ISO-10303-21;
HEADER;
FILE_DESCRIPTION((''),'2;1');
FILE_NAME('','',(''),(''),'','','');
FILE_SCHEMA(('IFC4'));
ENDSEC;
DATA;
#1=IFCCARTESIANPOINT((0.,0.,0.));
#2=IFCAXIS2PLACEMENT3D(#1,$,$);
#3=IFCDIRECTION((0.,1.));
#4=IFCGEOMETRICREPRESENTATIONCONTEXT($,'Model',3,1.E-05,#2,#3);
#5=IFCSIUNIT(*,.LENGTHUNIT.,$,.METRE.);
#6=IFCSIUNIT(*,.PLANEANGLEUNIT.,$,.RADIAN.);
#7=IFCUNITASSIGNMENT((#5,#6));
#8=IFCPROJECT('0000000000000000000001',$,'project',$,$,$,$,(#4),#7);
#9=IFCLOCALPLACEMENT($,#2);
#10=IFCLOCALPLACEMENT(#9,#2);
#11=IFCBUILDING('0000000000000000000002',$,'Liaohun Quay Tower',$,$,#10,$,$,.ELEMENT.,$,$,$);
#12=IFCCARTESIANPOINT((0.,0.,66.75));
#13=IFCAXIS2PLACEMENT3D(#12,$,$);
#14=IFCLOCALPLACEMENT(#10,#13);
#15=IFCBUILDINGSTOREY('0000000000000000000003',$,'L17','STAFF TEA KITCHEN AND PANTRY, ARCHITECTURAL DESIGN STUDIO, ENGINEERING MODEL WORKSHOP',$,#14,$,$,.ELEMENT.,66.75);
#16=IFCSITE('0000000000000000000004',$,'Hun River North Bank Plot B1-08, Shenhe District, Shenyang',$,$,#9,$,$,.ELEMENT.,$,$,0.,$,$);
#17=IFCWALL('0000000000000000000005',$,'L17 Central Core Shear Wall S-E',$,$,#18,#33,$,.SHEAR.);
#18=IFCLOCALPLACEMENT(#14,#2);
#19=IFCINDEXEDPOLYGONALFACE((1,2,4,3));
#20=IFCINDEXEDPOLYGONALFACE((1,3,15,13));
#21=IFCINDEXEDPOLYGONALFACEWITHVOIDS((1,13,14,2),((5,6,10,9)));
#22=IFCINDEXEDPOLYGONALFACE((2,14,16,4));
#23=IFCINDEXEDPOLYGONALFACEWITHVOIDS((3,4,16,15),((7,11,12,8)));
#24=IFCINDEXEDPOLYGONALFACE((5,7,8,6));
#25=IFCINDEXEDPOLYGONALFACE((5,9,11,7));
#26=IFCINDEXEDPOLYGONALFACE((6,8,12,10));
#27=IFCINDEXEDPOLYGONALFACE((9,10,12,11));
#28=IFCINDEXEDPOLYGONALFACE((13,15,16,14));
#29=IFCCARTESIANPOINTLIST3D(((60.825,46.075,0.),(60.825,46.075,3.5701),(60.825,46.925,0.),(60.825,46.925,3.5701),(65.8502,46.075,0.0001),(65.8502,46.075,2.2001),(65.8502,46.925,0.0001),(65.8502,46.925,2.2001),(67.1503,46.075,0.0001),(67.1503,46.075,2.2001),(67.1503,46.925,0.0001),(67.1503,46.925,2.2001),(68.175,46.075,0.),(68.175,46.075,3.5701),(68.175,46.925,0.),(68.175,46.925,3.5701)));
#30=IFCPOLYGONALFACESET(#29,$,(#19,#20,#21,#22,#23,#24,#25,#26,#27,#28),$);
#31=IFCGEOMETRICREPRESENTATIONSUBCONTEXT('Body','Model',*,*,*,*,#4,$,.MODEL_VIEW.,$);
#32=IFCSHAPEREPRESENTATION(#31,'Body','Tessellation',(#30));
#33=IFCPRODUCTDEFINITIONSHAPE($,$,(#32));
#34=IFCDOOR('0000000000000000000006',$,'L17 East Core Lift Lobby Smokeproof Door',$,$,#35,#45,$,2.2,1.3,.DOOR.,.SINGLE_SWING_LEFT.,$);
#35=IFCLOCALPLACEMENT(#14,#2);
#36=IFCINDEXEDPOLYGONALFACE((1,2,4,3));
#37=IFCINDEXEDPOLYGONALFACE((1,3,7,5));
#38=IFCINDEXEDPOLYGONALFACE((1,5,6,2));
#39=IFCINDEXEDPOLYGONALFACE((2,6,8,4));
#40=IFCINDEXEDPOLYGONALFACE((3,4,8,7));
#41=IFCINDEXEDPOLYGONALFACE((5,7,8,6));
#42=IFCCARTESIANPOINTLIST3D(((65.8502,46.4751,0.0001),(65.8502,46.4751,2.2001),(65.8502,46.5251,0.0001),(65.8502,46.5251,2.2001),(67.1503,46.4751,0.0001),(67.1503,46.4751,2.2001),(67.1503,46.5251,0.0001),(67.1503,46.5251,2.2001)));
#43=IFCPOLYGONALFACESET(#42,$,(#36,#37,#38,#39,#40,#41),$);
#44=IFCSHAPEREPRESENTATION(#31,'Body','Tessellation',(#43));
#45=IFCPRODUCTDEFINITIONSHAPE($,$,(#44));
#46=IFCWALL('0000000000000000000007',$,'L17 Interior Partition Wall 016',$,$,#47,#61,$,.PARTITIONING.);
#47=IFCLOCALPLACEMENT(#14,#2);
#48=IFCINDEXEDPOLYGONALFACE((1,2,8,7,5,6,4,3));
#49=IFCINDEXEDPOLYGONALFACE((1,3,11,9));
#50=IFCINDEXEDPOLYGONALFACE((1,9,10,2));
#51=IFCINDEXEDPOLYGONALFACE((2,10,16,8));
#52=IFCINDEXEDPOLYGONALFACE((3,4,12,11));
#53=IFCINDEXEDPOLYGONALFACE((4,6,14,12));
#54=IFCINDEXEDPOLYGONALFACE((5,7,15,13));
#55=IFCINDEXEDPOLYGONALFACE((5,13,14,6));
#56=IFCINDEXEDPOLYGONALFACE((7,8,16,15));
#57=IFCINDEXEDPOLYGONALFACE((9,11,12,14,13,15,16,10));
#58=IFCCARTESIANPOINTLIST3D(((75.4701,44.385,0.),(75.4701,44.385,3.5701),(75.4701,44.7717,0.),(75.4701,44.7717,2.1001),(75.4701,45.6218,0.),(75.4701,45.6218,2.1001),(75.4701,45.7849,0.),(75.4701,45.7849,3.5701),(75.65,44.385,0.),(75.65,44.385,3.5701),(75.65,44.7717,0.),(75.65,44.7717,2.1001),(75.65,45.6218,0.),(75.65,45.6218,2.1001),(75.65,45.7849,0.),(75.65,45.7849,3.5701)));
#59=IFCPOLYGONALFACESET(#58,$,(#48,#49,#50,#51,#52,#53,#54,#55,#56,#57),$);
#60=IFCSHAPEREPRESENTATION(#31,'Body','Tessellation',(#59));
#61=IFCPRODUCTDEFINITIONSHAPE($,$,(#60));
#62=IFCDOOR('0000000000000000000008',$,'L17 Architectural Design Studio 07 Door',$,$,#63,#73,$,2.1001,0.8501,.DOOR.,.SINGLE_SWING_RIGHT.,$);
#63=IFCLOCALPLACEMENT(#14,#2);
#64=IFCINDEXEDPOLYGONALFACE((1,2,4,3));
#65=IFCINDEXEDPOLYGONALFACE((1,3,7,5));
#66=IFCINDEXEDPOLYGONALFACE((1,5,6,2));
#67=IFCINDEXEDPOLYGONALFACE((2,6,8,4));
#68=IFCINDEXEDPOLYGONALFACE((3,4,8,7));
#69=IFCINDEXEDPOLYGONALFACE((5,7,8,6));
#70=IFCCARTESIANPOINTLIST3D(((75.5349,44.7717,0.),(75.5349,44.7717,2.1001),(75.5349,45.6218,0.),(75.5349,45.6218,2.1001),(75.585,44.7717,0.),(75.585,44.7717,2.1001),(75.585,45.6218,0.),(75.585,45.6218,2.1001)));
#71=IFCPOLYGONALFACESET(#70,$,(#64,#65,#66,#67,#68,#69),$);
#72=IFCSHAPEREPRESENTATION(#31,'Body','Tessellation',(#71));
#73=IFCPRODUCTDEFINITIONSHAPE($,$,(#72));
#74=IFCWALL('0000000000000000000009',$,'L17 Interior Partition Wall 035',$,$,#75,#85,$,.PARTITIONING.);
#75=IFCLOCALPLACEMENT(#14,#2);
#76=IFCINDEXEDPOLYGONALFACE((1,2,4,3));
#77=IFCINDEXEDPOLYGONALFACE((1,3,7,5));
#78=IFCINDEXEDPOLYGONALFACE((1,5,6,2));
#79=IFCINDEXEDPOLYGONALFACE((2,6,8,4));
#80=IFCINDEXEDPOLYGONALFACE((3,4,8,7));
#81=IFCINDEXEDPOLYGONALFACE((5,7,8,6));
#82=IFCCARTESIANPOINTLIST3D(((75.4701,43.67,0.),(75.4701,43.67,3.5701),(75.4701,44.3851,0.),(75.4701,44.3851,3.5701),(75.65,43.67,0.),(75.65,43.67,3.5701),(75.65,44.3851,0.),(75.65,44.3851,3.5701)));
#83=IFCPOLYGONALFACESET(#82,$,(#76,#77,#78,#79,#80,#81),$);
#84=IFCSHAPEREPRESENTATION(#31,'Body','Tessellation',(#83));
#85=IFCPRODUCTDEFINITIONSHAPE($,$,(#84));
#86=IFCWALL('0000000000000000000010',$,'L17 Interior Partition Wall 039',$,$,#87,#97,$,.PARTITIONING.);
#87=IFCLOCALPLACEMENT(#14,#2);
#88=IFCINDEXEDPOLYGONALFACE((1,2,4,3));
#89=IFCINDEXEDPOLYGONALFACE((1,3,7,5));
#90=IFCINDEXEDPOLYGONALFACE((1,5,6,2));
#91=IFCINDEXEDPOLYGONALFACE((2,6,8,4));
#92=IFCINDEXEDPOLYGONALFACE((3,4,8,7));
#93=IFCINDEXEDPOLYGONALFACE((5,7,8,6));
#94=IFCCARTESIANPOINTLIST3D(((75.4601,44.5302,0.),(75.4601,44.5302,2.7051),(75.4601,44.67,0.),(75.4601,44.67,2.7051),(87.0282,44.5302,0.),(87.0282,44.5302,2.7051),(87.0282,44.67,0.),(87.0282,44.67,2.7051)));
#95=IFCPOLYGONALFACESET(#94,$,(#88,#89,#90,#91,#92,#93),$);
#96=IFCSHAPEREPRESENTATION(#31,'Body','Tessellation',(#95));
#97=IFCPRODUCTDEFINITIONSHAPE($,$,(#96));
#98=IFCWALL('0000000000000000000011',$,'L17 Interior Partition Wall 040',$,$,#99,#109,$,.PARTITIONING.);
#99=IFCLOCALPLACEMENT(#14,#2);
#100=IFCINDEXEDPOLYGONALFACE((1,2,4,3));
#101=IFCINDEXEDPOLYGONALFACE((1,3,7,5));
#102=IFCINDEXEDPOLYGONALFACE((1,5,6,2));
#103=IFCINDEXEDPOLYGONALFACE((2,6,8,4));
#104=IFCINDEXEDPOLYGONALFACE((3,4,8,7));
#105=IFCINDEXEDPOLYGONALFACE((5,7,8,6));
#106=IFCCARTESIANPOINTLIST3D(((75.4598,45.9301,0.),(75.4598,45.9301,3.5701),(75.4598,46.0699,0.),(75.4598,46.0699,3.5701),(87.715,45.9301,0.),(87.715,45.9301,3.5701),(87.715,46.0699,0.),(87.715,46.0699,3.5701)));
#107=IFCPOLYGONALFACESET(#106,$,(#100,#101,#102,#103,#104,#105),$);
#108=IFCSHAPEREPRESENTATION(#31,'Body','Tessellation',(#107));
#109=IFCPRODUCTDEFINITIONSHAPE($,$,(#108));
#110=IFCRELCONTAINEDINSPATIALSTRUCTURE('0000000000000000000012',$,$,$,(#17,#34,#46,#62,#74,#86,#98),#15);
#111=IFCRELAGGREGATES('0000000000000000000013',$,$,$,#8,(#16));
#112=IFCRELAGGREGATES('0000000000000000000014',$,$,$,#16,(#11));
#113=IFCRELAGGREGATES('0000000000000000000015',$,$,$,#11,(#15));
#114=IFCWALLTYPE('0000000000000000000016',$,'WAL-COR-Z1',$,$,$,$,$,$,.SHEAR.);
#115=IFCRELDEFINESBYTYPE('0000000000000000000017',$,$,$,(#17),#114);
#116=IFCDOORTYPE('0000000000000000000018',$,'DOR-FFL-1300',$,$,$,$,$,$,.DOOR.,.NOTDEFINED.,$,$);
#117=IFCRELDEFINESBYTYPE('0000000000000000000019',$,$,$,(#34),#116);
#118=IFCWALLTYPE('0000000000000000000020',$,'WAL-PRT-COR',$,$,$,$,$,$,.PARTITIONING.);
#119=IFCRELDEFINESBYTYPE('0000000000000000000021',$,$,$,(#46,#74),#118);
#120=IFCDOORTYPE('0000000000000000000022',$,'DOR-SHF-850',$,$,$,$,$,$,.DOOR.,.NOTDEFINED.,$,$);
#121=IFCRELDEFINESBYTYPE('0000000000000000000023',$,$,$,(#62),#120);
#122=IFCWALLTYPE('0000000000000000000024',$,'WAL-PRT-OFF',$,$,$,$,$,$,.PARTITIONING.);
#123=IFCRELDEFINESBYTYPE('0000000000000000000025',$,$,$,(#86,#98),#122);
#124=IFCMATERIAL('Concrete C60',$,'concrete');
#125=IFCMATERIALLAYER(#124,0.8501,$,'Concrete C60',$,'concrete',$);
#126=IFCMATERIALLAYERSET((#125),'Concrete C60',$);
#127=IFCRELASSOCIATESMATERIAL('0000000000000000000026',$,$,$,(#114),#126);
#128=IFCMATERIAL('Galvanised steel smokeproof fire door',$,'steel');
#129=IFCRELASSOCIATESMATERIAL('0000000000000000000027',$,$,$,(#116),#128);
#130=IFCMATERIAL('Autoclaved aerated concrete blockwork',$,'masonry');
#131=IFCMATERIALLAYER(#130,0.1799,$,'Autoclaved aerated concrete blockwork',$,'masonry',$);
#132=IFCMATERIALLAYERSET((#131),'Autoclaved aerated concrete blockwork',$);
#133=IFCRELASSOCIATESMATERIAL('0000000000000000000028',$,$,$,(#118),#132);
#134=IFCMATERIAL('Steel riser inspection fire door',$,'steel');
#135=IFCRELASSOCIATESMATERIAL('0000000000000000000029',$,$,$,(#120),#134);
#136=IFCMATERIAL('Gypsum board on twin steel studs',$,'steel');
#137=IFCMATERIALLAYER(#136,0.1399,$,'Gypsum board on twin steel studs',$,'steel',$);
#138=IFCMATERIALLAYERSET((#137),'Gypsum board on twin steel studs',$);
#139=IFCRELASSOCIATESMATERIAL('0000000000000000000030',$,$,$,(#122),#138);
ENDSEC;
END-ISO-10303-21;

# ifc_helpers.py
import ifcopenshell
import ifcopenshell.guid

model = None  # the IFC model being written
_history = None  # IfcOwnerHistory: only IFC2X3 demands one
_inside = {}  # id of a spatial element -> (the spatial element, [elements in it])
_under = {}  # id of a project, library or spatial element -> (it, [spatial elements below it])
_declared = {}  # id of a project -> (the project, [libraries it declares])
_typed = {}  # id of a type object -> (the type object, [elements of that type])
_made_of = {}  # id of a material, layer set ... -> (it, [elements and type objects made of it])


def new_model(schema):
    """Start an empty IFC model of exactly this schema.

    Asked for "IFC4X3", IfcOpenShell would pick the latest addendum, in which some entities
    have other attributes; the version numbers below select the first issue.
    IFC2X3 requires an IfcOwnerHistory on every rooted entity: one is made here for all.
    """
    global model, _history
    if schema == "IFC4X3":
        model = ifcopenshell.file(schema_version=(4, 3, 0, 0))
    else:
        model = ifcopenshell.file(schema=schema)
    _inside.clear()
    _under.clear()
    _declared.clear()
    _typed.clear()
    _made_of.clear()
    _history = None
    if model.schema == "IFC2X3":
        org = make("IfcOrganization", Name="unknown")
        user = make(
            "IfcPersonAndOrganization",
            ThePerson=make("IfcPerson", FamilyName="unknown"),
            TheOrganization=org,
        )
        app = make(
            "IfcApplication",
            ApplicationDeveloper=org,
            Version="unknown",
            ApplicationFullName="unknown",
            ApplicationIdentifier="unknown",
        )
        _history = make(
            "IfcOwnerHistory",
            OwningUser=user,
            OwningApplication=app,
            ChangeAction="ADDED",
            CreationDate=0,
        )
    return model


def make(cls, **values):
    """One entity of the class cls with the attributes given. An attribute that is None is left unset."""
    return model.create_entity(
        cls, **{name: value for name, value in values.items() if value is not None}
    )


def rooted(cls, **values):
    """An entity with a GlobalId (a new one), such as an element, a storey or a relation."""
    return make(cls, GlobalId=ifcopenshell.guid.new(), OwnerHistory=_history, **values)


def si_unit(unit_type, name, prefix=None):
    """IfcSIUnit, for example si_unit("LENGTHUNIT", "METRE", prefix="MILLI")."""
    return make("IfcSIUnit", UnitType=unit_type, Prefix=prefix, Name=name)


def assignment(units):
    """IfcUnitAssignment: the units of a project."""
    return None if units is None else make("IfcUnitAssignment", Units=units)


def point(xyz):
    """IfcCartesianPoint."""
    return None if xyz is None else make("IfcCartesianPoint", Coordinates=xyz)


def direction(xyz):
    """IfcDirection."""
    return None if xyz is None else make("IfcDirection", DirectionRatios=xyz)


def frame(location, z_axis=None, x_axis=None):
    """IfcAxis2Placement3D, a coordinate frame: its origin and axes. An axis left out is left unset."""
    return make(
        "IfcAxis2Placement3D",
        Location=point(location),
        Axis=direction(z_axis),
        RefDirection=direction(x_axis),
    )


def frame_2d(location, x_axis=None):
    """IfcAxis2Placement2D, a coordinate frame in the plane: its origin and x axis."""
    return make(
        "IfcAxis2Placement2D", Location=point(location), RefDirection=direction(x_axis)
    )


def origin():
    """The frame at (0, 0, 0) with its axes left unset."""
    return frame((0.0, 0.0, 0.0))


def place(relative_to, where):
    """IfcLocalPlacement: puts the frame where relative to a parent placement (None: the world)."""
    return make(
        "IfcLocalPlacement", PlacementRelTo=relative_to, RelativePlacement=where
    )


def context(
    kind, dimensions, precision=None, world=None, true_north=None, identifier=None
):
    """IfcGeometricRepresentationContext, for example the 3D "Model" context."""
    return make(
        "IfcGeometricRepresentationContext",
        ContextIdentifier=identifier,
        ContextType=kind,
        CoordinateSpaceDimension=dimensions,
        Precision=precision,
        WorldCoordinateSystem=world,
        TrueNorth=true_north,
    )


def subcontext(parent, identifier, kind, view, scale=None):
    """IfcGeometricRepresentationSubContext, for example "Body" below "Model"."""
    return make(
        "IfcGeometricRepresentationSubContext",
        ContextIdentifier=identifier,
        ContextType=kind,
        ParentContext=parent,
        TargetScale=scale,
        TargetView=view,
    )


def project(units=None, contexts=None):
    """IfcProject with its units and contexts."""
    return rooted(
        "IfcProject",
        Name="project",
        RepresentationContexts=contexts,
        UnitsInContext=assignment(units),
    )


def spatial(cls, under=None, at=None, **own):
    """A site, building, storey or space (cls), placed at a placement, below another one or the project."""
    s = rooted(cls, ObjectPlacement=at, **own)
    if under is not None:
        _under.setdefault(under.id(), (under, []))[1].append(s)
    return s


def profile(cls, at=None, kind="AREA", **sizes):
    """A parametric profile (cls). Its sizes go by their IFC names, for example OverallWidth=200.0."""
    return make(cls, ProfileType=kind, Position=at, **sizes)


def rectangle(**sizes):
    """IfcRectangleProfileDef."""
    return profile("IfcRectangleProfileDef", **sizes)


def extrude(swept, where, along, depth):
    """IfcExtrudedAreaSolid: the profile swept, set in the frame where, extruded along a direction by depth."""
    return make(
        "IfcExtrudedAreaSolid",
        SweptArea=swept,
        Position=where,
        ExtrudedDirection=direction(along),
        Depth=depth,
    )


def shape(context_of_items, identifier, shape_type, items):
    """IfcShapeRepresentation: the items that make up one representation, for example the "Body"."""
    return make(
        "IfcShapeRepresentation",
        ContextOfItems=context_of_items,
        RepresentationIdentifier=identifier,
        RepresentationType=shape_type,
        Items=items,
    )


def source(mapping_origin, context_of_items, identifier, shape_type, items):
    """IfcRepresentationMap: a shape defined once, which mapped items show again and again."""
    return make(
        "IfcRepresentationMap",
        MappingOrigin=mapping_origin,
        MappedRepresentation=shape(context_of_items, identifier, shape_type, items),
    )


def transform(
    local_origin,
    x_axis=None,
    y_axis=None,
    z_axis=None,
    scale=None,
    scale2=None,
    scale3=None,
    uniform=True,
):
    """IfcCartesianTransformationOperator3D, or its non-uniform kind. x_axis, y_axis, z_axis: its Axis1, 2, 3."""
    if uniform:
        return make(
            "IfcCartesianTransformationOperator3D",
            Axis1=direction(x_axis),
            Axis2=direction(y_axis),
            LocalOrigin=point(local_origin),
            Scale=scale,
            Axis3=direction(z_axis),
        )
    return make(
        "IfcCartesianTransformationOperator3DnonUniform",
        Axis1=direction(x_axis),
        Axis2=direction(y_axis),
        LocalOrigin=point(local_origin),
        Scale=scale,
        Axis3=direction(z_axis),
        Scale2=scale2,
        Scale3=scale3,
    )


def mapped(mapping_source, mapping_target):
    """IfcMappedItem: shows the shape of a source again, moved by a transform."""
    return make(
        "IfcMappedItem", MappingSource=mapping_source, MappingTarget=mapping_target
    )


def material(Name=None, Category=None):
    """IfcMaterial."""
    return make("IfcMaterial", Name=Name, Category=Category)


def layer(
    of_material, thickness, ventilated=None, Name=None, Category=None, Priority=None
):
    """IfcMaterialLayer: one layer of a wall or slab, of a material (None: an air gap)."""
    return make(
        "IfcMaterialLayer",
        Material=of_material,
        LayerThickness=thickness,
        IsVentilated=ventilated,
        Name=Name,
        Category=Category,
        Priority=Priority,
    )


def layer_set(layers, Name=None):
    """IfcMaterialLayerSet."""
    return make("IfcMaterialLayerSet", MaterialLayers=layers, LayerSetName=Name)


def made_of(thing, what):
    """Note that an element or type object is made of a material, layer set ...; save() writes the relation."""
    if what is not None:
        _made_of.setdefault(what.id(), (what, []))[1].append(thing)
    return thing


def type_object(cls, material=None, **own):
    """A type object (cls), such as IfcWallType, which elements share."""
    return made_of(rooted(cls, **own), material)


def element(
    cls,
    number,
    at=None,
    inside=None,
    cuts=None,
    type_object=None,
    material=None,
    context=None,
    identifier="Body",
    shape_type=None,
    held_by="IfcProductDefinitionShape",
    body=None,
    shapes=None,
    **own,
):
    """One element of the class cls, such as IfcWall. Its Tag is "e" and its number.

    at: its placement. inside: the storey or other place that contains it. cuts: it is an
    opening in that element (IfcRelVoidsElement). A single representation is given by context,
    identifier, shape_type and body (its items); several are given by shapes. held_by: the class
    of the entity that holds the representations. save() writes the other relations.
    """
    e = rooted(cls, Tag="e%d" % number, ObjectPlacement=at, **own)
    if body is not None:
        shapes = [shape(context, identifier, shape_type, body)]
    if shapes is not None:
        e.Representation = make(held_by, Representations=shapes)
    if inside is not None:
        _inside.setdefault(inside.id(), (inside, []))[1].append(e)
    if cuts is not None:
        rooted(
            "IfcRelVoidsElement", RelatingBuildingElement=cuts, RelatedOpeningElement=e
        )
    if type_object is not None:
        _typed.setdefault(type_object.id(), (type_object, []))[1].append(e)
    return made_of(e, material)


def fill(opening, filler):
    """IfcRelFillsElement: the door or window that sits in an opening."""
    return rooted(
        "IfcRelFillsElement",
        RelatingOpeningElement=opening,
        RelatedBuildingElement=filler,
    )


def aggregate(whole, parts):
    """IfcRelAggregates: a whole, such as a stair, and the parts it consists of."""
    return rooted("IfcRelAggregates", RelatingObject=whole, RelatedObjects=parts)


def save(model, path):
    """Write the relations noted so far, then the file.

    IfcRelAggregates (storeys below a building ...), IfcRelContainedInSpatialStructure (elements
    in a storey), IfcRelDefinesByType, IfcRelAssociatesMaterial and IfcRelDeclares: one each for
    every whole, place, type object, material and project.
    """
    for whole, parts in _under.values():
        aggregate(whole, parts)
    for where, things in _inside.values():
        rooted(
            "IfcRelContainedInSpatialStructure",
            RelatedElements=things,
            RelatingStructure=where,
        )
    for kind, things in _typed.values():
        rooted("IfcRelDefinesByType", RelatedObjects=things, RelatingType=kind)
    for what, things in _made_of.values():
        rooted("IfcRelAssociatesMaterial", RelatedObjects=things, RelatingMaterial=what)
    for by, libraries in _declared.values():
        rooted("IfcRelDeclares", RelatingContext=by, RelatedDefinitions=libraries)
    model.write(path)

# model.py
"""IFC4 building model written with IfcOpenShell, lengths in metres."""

from ifc_helpers import new_model, si_unit, direction, frame, frame_2d, origin, place, context, subcontext, project, spatial, rectangle, extrude, source, transform, mapped, material, layer, layer_set, type_object, element, fill, save


model = new_model("IFC4")

# Units and contexts
model_context = context("Model", 3, precision=1e-05, world=origin(), true_north=direction((0.0, 1.0)))
body_context = subcontext(model_context, "Body", "Model", "MODEL_VIEW")
ifc_project = project(units=[si_unit("LENGTHUNIT", "METRE"), si_unit("PLANEANGLEUNIT", "RADIAN")], contexts=[model_context])

# Site, building, storey
site_placement = place(None, origin())
site = spatial("IfcSite", under=ifc_project, at=site_placement, Name="Hun River North Bank Plot B1-08, Shenhe District, Shenyang", CompositionType="ELEMENT", RefElevation=0.0)
building_placement = place(site_placement, origin())
building = spatial("IfcBuilding", under=site, at=building_placement, Name="Liaohun Quay Tower", CompositionType="ELEMENT")
storey_placement = place(building_placement, frame((0.0, 0.0, 66.75)))
storey = spatial("IfcBuildingStorey", under=building, at=storey_placement, Name="L17", Description="STAFF TEA KITCHEN AND PANTRY, ARCHITECTURAL DESIGN STUDIO, ENGINEERING MODEL WORKSHOP", CompositionType="ELEMENT", Elevation=66.75)

# Shared definitions
ifc_material_1 = material(Name="Concrete C60", Category="concrete")

# Walls, openings, doors
ifc_layer_1 = layer(ifc_material_1, 0.8501, Name="Concrete C60", Category="concrete")
ifc_layer_set_1 = layer_set([ifc_layer_1], Name="Concrete C60")
wall_type_1 = type_object("IfcWallType", Name="WAL-COR-Z1", PredefinedType="SHEAR", material=ifc_layer_set_1)
wall_1_placement = place(storey_placement, frame((68.175, 46.5, 0.0), z_axis=(0.0, 0.0, 1.0), x_axis=(-1.0, 0.0, 0.0)))
wall_1 = element("IfcWall", 1, at=wall_1_placement, inside=storey, type_object=wall_type_1, Name="L17 Central Core Shear Wall S-E", PredefinedType="SHEAR", context=body_context, shape_type="SweptSolid", body=[
    extrude(rectangle(XDim=7.3501, YDim=0.8501, at=frame_2d((3.675, 0.0))), origin(), (0.0, 0.0, 1.0), 3.5701),
])
shared_shape_1 = source(origin(), body_context, "Body", "SweptSolid", [
    extrude(rectangle(XDim=1.3, YDim=2.2, at=frame_2d((0.6499, 1.1001))), frame((0.0, 0.4351, 0.0), z_axis=(0.0, -1.0, 0.0), x_axis=(1.0, 0.0, 0.0)), (0.0, 0.0, 1.0), 0.8701),
])
opening_1_placement = place(wall_1_placement, frame((1.0249, 0.0, 0.0)))
opening_1 = element("IfcOpeningElement", 2, at=opening_1_placement, cuts=wall_1, PredefinedType="OPENING", context=body_context, shape_type="MappedRepresentation", body=[
    mapped(shared_shape_1, transform((0.0, 0.0, 0.0), x_axis=(1.0, 0.0, 0.0), y_axis=(0.0, 1.0, 0.0), z_axis=(0.0, 0.0, 1.0), scale=1.0)),
])
ifc_material_2 = material(Name="Galvanised steel smokeproof fire door", Category="steel")
door_type_1 = type_object("IfcDoorType", Name="DOR-FFL-1300", OperationType="NOTDEFINED", PredefinedType="DOOR", material=ifc_material_2)
shared_shape_2 = source(origin(), body_context, "Body", "SweptSolid", [
    extrude(rectangle(XDim=1.3, YDim=2.2, at=frame_2d((0.6499, 1.1001))), frame((0.0, 0.0249, 0.0), z_axis=(0.0, -1.0, 0.0), x_axis=(1.0, 0.0, 0.0)), (0.0, 0.0, 1.0), 0.05),
])
door_1_placement = place(opening_1_placement, origin())
door_1 = element("IfcDoor", 3, at=door_1_placement, inside=storey, type_object=door_type_1, Name="L17 East Core Lift Lobby Smokeproof Door", OperationType="SINGLE_SWING_LEFT", OverallHeight=2.2, OverallWidth=1.3, PredefinedType="DOOR", context=body_context, shape_type="MappedRepresentation", body=[
    mapped(shared_shape_2, transform((0.0, 0.0, 0.0), x_axis=(1.0, 0.0, 0.0), y_axis=(0.0, 1.0, 0.0), z_axis=(0.0, 0.0, 1.0), scale=1.0)),
])
fill(opening_1, door_1)
ifc_material_3 = material(Name="Autoclaved aerated concrete blockwork", Category="masonry")
ifc_layer_2 = layer(ifc_material_3, 0.1799, Name="Autoclaved aerated concrete blockwork", Category="masonry")
ifc_layer_set_2 = layer_set([ifc_layer_2], Name="Autoclaved aerated concrete blockwork")
wall_type_2 = type_object("IfcWallType", Name="WAL-PRT-COR", PredefinedType="PARTITIONING", material=ifc_layer_set_2)
wall_2_placement = place(storey_placement, frame((75.5601, 45.7849, 0.0), z_axis=(0.0, 0.0, 1.0), x_axis=(0.0, -1.0, 0.0)))
wall_2 = element("IfcWall", 4, at=wall_2_placement, inside=storey, type_object=wall_type_2, Name="L17 Interior Partition Wall 016", PredefinedType="PARTITIONING", context=body_context, shape_type="SweptSolid", body=[
    extrude(rectangle(XDim=1.3999, YDim=0.1799, at=frame_2d((0.7, 0.0))), origin(), (0.0, 0.0, 1.0), 3.5701),
])
shared_shape_3 = source(origin(), body_context, "Body", "SweptSolid", [
    extrude(rectangle(XDim=0.8501, YDim=2.1001, at=frame_2d((0.425, 1.05))), frame((0.0, 0.0999, 0.0), z_axis=(0.0, -1.0, 0.0), x_axis=(1.0, 0.0, 0.0)), (0.0, 0.0, 1.0), 0.2),
])
opening_2_placement = place(wall_2_placement, frame((0.1631, 0.0, 0.0)))
opening_2 = element("IfcOpeningElement", 5, at=opening_2_placement, cuts=wall_2, PredefinedType="OPENING", context=body_context, shape_type="MappedRepresentation", body=[
    mapped(shared_shape_3, transform((0.0, 0.0, 0.0), x_axis=(1.0, 0.0, 0.0), y_axis=(0.0, 1.0, 0.0), z_axis=(0.0, 0.0, 1.0), scale=1.0)),
])
ifc_material_4 = material(Name="Steel riser inspection fire door", Category="steel")
door_type_2 = type_object("IfcDoorType", Name="DOR-SHF-850", OperationType="NOTDEFINED", PredefinedType="DOOR", material=ifc_material_4)
shared_shape_4 = source(origin(), body_context, "Body", "SweptSolid", [
    extrude(rectangle(XDim=0.8501, YDim=2.1001, at=frame_2d((0.425, 1.05))), frame((0.0, 0.0249, 0.0), z_axis=(0.0, -1.0, 0.0), x_axis=(1.0, 0.0, 0.0)), (0.0, 0.0, 1.0), 0.05),
])
door_2_placement = place(opening_2_placement, origin())
door_2 = element("IfcDoor", 6, at=door_2_placement, inside=storey, type_object=door_type_2, Name="L17 Architectural Design Studio 07 Door", OperationType="SINGLE_SWING_RIGHT", OverallHeight=2.1001, OverallWidth=0.8501, PredefinedType="DOOR", context=body_context, shape_type="MappedRepresentation", body=[
    mapped(shared_shape_4, transform((0.0, 0.0, 0.0), x_axis=(1.0, 0.0, 0.0), y_axis=(0.0, 1.0, 0.0), z_axis=(0.0, 0.0, 1.0), scale=1.0)),
])
fill(opening_2, door_2)

# Walls
wall_3_placement = place(storey_placement, frame((75.5601, 44.385, 0.0), z_axis=(0.0, 0.0, 1.0), x_axis=(0.0, -1.0, 0.0)))
element("IfcWall", 7, at=wall_3_placement, inside=storey, type_object=wall_type_2, Name="L17 Interior Partition Wall 035", PredefinedType="PARTITIONING", context=body_context, shape_type="SweptSolid", body=[
    extrude(rectangle(XDim=0.7151, YDim=0.1799, at=frame_2d((0.3574, 0.0))), origin(), (0.0, 0.0, 1.0), 3.5701),
])
ifc_material_5 = material(Name="Gypsum board on twin steel studs", Category="steel")
ifc_layer_3 = layer(ifc_material_5, 0.1399, Name="Gypsum board on twin steel studs", Category="steel")
ifc_layer_set_3 = layer_set([ifc_layer_3], Name="Gypsum board on twin steel studs")
wall_type_3 = type_object("IfcWallType", Name="WAL-PRT-OFF", PredefinedType="PARTITIONING", material=ifc_layer_set_3)
wall_4_placement = place(storey_placement, frame((75.46, 44.6001, 0.0), z_axis=(0.0, 0.0, 1.0), x_axis=(1.0, 0.0, 0.0)))
element("IfcWall", 8, at=wall_4_placement, inside=storey, type_object=wall_type_3, Name="L17 Interior Partition Wall 039", PredefinedType="PARTITIONING", context=body_context, shape_type="SweptSolid", body=[
    extrude(rectangle(XDim=11.5681, YDim=0.1399, at=frame_2d((5.7842, 0.0))), origin(), (0.0, 0.0, 1.0), 2.7051),
])
wall_5_placement = place(storey_placement, frame((75.46, 46.0, 0.0), z_axis=(0.0, 0.0, 1.0), x_axis=(1.0, 0.0, 0.0)))
element("IfcWall", 9, at=wall_5_placement, inside=storey, type_object=wall_type_3, Name="L17 Interior Partition Wall 040", PredefinedType="PARTITIONING", context=body_context, shape_type="SweptSolid", body=[
    extrude(rectangle(XDim=12.2551, YDim=0.1399, at=frame_2d((6.1274, 0.0))), origin(), (0.0, 0.0, 1.0), 3.5701),
])

save(model, "model.ifc")
